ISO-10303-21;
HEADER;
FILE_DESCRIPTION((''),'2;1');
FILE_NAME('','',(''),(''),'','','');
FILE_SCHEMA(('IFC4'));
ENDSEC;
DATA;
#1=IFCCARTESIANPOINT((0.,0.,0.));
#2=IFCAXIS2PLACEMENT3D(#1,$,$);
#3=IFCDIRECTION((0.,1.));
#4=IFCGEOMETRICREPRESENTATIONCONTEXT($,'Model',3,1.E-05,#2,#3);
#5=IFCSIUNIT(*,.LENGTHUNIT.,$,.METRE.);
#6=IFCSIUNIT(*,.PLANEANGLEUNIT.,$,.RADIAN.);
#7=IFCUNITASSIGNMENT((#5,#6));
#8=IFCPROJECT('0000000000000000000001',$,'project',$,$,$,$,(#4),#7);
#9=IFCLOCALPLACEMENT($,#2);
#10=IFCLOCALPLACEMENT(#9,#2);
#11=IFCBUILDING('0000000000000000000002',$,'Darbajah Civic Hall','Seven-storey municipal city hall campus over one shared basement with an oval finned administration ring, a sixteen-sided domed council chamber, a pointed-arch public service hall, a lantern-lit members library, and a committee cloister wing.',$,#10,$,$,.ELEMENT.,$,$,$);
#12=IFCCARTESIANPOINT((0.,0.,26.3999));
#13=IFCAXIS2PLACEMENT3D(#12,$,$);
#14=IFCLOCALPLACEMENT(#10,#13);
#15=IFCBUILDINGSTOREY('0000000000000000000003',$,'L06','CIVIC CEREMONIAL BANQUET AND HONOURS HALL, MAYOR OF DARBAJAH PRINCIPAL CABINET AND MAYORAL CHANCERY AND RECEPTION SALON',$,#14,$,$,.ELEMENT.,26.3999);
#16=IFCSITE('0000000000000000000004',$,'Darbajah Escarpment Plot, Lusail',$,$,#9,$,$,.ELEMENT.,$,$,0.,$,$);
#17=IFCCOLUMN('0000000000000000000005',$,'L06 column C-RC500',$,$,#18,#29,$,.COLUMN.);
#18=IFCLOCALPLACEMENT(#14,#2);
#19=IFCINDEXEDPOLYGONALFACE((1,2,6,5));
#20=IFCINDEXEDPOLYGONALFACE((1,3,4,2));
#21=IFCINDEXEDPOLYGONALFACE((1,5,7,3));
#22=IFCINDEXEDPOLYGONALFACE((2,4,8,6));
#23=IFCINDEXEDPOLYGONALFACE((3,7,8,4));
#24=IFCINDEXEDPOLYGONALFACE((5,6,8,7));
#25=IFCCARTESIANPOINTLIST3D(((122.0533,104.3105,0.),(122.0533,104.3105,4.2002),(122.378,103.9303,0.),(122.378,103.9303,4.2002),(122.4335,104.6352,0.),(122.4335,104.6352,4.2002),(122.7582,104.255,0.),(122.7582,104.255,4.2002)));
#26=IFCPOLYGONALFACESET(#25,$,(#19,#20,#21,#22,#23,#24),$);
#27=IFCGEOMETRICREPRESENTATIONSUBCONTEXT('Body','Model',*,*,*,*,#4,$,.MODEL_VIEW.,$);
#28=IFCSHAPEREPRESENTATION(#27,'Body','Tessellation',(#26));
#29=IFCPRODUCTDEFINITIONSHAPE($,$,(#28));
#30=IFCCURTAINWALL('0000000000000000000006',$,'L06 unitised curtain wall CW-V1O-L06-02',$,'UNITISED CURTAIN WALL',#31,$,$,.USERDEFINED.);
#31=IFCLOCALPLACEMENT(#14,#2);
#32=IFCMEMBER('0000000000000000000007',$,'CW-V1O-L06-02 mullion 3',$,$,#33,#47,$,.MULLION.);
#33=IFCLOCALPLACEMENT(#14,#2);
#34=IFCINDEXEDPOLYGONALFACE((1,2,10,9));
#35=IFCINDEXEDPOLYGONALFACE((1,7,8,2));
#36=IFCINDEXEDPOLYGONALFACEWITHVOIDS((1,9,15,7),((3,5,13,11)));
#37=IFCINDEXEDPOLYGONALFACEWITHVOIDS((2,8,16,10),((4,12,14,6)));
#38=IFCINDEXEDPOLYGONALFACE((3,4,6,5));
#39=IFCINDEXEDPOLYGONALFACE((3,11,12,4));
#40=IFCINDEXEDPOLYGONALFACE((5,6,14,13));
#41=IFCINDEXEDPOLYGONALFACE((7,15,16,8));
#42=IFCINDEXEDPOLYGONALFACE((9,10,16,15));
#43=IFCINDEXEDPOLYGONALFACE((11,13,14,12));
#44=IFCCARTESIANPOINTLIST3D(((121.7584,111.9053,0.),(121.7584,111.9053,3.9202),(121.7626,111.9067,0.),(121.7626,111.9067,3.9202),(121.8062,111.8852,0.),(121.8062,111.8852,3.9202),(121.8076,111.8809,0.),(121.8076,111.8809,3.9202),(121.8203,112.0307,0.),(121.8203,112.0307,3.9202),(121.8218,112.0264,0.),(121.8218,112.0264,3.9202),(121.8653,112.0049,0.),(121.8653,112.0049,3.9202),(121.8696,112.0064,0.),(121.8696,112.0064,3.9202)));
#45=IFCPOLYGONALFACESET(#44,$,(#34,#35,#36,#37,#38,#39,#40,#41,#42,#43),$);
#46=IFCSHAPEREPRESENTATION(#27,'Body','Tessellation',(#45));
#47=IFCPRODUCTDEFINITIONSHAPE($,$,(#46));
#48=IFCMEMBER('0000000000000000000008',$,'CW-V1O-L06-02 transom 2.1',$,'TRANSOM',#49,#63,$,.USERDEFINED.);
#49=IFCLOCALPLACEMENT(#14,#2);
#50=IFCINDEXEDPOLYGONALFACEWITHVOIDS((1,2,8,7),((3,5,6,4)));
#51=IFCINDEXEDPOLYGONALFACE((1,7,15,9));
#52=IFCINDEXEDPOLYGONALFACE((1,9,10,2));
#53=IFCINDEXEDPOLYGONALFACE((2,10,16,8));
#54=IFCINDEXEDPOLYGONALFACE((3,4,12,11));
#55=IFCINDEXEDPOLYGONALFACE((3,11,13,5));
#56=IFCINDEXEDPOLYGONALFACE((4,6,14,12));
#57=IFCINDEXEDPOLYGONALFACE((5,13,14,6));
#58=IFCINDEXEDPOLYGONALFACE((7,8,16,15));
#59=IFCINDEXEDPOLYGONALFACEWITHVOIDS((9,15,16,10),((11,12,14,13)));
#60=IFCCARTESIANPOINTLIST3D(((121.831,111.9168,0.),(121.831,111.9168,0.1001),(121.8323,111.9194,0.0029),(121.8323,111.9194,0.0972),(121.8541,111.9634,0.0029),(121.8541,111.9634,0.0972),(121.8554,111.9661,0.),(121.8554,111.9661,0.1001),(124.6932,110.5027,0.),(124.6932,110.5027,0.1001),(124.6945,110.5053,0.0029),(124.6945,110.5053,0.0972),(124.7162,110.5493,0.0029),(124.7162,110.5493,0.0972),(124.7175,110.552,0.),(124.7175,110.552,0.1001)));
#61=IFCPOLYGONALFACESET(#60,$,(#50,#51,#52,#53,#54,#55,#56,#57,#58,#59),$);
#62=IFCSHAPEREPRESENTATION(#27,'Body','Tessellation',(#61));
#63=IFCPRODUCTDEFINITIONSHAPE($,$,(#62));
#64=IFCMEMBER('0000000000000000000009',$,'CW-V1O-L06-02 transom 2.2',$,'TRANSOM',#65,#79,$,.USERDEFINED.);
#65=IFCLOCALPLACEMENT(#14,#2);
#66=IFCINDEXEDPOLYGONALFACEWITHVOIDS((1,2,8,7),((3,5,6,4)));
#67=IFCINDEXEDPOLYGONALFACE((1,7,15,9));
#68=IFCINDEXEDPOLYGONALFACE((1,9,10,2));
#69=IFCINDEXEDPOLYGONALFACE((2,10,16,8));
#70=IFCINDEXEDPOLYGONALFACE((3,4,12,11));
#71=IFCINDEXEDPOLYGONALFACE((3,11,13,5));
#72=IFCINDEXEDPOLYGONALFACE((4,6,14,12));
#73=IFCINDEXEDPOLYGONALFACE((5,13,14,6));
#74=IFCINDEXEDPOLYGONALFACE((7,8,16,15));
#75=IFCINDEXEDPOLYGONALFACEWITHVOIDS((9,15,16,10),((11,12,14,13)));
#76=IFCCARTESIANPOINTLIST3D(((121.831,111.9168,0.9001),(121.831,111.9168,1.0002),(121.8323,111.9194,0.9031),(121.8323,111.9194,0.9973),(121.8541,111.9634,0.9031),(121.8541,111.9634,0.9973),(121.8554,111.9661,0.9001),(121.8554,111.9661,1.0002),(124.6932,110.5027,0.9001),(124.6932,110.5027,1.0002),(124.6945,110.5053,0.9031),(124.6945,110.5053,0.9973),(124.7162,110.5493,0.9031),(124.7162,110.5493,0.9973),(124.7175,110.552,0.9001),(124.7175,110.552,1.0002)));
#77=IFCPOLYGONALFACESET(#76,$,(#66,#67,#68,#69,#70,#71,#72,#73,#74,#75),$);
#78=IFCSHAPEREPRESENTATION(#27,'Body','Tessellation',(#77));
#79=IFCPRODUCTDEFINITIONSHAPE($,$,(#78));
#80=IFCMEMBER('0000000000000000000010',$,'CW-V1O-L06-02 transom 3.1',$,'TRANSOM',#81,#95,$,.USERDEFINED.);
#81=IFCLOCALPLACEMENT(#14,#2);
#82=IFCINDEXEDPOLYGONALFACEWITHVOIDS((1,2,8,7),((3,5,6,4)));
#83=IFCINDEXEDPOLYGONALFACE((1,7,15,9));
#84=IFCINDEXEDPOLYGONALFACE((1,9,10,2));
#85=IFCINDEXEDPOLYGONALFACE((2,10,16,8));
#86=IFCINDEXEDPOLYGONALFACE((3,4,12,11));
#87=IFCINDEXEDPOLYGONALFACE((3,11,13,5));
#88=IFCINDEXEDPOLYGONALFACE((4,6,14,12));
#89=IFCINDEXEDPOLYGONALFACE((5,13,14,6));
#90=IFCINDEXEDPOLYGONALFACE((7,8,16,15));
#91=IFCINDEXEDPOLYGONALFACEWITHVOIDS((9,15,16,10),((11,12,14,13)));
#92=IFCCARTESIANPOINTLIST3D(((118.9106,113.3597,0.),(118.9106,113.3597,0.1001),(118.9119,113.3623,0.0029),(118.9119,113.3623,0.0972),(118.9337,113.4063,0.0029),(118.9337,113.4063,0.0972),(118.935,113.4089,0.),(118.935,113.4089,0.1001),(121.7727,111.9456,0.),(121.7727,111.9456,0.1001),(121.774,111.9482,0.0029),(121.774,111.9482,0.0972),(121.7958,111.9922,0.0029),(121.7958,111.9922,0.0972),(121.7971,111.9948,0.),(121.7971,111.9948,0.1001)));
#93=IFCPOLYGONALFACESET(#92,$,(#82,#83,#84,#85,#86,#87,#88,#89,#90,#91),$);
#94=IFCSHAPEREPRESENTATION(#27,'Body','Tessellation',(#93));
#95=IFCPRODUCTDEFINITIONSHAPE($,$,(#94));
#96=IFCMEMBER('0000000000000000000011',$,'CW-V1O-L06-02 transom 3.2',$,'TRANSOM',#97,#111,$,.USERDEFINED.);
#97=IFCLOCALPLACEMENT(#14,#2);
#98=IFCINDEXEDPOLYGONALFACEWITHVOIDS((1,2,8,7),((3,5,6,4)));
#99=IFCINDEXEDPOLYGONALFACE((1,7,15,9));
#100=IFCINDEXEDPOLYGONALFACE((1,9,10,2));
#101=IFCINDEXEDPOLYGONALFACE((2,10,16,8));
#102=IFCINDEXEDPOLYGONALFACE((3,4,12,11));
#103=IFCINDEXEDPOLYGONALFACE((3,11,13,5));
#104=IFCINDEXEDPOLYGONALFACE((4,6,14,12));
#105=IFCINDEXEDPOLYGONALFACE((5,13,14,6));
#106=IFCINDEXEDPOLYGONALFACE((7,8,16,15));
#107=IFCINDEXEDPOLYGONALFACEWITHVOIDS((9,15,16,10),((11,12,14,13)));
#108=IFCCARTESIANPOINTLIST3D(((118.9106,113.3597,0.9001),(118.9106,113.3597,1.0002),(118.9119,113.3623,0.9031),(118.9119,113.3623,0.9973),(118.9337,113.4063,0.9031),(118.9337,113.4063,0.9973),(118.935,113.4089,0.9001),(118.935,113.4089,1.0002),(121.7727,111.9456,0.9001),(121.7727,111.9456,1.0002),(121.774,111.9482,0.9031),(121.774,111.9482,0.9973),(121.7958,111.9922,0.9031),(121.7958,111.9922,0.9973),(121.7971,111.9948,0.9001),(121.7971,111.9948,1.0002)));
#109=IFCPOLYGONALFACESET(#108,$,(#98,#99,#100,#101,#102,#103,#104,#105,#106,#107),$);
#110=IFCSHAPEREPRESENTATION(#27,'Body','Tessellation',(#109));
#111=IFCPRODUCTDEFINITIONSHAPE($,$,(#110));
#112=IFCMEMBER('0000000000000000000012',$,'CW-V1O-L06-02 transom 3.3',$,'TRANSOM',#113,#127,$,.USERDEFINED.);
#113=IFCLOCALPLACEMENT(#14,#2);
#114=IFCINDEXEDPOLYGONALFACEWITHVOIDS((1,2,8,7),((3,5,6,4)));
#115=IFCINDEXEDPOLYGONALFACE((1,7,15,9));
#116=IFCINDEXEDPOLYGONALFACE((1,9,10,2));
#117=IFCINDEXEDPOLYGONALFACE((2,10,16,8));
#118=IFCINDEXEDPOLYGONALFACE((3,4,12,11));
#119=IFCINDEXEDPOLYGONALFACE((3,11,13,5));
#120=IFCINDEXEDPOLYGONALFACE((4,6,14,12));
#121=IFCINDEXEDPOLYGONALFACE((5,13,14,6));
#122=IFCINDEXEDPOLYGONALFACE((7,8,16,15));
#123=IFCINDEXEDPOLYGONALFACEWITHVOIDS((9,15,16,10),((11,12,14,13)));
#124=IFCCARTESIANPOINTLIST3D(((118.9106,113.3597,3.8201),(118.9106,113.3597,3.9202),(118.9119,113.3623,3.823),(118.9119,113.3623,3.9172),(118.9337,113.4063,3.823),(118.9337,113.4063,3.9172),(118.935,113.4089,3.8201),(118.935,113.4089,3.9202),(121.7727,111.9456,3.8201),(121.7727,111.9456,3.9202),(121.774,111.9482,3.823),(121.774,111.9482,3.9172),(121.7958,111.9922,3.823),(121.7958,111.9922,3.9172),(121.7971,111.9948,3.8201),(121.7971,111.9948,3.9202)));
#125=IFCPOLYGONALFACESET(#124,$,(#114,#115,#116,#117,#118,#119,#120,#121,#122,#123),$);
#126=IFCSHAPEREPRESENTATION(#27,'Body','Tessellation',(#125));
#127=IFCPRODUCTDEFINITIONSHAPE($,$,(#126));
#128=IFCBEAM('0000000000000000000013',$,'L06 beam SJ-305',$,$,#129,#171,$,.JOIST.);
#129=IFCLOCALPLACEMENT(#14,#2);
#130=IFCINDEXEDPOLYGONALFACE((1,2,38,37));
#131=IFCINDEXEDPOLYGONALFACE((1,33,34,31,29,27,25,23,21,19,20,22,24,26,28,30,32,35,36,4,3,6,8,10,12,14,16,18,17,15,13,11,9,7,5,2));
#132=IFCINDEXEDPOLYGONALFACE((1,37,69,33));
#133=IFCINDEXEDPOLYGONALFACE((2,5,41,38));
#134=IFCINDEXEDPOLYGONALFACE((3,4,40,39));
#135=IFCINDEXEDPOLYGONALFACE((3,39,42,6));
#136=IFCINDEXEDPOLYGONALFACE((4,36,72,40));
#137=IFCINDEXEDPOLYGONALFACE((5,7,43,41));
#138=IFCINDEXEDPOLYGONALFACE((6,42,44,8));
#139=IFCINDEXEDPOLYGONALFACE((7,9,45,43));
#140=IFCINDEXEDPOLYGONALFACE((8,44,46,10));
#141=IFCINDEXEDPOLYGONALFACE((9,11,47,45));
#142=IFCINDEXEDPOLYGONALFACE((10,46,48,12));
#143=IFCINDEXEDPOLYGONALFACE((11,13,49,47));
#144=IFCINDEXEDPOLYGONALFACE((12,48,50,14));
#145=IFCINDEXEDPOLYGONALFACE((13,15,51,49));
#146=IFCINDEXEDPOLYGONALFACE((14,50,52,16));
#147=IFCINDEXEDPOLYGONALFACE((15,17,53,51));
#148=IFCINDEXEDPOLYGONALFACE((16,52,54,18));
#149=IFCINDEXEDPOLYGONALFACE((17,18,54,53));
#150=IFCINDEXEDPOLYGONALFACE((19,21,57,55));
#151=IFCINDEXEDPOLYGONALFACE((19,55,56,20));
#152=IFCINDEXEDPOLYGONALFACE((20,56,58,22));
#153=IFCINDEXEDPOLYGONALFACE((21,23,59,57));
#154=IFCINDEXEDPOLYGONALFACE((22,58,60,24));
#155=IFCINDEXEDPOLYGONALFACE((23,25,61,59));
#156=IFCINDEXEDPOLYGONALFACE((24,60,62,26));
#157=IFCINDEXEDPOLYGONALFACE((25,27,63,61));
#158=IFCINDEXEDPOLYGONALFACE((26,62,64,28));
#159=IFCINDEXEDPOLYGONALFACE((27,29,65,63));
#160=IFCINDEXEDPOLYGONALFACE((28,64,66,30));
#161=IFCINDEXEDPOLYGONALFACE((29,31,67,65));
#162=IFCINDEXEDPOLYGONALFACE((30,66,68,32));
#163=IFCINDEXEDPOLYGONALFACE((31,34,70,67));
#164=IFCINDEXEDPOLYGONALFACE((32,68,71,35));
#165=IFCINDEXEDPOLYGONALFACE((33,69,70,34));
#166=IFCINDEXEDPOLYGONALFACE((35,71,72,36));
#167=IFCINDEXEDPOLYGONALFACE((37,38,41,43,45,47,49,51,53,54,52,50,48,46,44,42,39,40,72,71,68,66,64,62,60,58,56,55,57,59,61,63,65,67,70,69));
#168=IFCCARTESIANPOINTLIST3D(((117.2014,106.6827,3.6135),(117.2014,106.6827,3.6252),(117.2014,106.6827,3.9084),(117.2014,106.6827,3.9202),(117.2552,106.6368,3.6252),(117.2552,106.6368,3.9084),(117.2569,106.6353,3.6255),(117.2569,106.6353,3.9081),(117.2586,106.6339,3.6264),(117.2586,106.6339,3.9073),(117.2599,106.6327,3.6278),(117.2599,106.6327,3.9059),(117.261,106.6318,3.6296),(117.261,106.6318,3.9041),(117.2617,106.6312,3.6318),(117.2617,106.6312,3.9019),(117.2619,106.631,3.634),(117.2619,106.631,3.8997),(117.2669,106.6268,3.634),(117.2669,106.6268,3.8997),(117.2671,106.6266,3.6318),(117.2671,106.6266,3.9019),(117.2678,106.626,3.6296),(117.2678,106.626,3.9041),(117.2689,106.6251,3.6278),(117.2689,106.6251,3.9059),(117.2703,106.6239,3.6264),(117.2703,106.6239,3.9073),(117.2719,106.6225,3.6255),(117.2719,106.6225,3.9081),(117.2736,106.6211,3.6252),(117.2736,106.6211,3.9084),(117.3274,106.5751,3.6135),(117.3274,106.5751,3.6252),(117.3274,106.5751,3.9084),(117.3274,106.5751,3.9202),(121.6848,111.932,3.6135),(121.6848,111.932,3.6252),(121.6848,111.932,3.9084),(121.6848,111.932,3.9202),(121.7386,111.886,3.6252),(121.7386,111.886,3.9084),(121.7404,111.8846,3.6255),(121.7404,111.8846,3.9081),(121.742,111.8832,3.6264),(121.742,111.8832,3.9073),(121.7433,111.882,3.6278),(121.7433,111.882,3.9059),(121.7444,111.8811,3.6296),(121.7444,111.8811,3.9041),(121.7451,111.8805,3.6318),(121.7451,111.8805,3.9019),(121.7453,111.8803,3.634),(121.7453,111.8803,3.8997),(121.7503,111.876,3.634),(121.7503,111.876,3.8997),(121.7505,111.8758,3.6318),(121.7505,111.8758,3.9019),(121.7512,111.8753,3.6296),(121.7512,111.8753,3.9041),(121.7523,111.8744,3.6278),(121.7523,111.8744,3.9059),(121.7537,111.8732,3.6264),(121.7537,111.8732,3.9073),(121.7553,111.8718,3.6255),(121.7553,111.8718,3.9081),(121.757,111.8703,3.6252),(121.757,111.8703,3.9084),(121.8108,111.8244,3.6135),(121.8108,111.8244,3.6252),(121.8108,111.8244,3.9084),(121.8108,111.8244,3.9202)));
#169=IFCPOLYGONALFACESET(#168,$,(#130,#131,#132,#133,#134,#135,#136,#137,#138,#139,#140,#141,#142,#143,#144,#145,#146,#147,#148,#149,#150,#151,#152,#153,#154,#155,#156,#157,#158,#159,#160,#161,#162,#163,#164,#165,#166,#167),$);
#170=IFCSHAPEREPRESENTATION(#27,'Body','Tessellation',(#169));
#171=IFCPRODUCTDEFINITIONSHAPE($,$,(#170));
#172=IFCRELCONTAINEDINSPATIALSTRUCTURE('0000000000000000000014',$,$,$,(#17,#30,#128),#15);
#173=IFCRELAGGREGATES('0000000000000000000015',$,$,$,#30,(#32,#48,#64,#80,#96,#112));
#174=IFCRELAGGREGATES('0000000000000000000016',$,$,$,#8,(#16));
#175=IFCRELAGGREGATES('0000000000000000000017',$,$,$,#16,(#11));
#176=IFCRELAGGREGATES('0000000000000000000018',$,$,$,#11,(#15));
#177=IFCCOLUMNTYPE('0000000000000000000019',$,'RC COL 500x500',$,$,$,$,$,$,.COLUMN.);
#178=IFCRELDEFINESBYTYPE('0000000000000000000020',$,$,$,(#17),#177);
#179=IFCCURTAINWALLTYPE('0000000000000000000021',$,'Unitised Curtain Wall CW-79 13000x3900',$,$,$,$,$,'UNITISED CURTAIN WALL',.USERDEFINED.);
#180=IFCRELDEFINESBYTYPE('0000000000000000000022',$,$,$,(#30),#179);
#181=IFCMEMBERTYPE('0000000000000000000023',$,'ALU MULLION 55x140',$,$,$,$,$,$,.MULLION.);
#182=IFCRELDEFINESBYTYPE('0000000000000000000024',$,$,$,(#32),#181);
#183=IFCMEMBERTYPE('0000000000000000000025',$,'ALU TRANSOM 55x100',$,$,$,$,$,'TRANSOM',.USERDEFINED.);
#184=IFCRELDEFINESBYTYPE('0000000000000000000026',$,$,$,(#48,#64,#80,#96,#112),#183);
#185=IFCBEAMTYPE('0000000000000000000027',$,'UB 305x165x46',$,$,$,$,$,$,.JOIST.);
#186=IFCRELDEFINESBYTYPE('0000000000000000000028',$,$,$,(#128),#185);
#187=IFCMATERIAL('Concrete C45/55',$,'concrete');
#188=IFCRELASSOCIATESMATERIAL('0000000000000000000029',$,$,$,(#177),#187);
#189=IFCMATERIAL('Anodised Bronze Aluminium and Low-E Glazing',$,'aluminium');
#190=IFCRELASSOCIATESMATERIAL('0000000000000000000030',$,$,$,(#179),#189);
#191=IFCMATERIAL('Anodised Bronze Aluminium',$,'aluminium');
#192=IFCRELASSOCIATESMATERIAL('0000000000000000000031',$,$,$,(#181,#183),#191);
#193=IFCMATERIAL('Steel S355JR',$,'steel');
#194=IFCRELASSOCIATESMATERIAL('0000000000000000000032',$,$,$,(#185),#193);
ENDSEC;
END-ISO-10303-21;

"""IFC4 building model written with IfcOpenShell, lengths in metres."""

from ifc_helpers import new_model, si_unit, direction, frame, origin, origin_2d, place, context, subcontext, project, spatial, rectangle, hollow_rectangle, i_section, extrude, material, material_profile, profile_set, type_object, element, aggregate, save


model = new_model("IFC4")

# Units and contexts
model_context = context("Model", 3, precision=1e-05, world=origin(), true_north=direction((0.0, 1.0)))
body_context = subcontext(model_context, "Body", "Model", "MODEL_VIEW")
ifc_project = project(units=[si_unit("LENGTHUNIT", "METRE"), si_unit("PLANEANGLEUNIT", "RADIAN")], contexts=[model_context])

# Site, building, storey
site_placement = place(None, origin())
site = spatial("IfcSite", under=ifc_project, at=site_placement, Name="Darbajah Escarpment Plot, Lusail", CompositionType="ELEMENT", RefElevation=0.0)
building_placement = place(site_placement, origin())
building = spatial("IfcBuilding", under=site, at=building_placement, Name="Darbajah Civic Hall", Description="Seven-storey municipal city hall campus over one shared basement with an oval finned administration ring, a sixteen-sided domed council chamber, a pointed-arch public service hall, a lantern-lit members library, and a committee cloister wing.", CompositionType="ELEMENT")
storey_placement = place(building_placement, frame((0.0, 0.0, 26.3999)))
storey = spatial("IfcBuildingStorey", under=building, at=storey_placement, Name="L06", Description="CIVIC CEREMONIAL BANQUET AND HONOURS HALL, MAYOR OF DARBAJAH PRINCIPAL CABINET AND MAYORAL CHANCERY AND RECEPTION SALON", CompositionType="ELEMENT", Elevation=26.3999)

# Column
ifc_material_1 = material(Name="Concrete C45/55", Category="concrete")
ifc_material_profile_1 = material_profile(ifc_material_1, rectangle(XDim=0.5, YDim=0.5, at=origin_2d()), Name="RC COL 500x500")
ifc_profile_set_1 = profile_set([ifc_material_profile_1], Name="Concrete C45/55")
column_type = type_object("IfcColumnType", Name="RC COL 500x500", PredefinedType="COLUMN", material=ifc_profile_set_1)
column_placement = place(storey_placement, frame((122.4058, 104.2827, 0.0), z_axis=(0.0, 0.0, 1.0), x_axis=(0.760406, 0.649448, 0.0)))
element("IfcColumn", 1, at=column_placement, inside=storey, type_object=column_type, Name="L06 column C-RC500", PredefinedType="COLUMN", context=body_context, shape_type="SweptSolid", body=[
    extrude(rectangle(XDim=0.5, YDim=0.5, at=origin_2d()), origin(), (0.0, 0.0, 1.0), 4.2002),
])

# Curtain wall, members
ifc_material_2 = material(Name="Anodised Bronze Aluminium and Low-E Glazing", Category="aluminium")
curtain_wall_type = type_object("IfcCurtainWallType", Name="Unitised Curtain Wall CW-79 13000x3900", ElementType="UNITISED CURTAIN WALL", PredefinedType="USERDEFINED", material=ifc_material_2)
curtain_wall_placement = place(storey_placement, origin())
curtain_wall = element("IfcCurtainWall", 2, at=curtain_wall_placement, inside=storey, type_object=curtain_wall_type, Name="L06 unitised curtain wall CW-V1O-L06-02", ObjectType="UNITISED CURTAIN WALL", PredefinedType="USERDEFINED")
ifc_material_3 = material(Name="Anodised Bronze Aluminium", Category="aluminium")
ifc_material_profile_2 = material_profile(ifc_material_3, hollow_rectangle(XDim=0.0549, YDim=0.1399, WallThickness=0.0032, at=origin_2d()), Name="ALU MULLION 55x140")
ifc_profile_set_2 = profile_set([ifc_material_profile_2], Name="Anodised Bronze Aluminium")
member_type_1 = type_object("IfcMemberType", Name="ALU MULLION 55x140", PredefinedType="MULLION", material=ifc_profile_set_2)
member_1_placement = place(storey_placement, frame((121.814, 111.9558, 0.0), z_axis=(0.0, 0.0, 1.0), x_axis=(-0.896564, 0.442915, 0.0)))
member_1 = element("IfcMember", 3, at=member_1_placement, type_object=member_type_1, Name="CW-V1O-L06-02 mullion 3", PredefinedType="MULLION", context=body_context, shape_type="SweptSolid", body=[
    extrude(hollow_rectangle(XDim=0.0549, YDim=0.1399, WallThickness=0.0032, at=origin_2d()), origin(), (0.0, 0.0, 1.0), 3.9202),
])
ifc_material_profile_3 = material_profile(ifc_material_3, hollow_rectangle(XDim=0.0549, YDim=0.1001, WallThickness=0.0029, at=origin_2d()), Name="ALU TRANSOM 55x100")
ifc_profile_set_3 = profile_set([ifc_material_profile_3], Name="Anodised Bronze Aluminium")
member_type_2 = type_object("IfcMemberType", Name="ALU TRANSOM 55x100", ElementType="TRANSOM", PredefinedType="USERDEFINED", material=ifc_profile_set_3)
member_2_placement = place(storey_placement, frame((124.7053, 110.5273, 0.05), z_axis=(-0.896543, 0.442956, 0.0), x_axis=(-0.442956, -0.896543, 0.0)))
member_2 = element("IfcMember", 4, at=member_2_placement, type_object=member_type_2, Name="CW-V1O-L06-02 transom 2.1", ObjectType="TRANSOM", PredefinedType="USERDEFINED", context=body_context, shape_type="SweptSolid", body=[
    extrude(hollow_rectangle(XDim=0.0549, YDim=0.1001, WallThickness=0.0029, at=origin_2d()), origin(), (0.0, 0.0, 1.0), 3.1924),
])
member_3_placement = place(storey_placement, frame((124.7053, 110.5273, 0.9502), z_axis=(-0.896543, 0.442956, 0.0), x_axis=(-0.442956, -0.896543, 0.0)))
member_3 = element("IfcMember", 5, at=member_3_placement, type_object=member_type_2, Name="CW-V1O-L06-02 transom 2.2", ObjectType="TRANSOM", PredefinedType="USERDEFINED", context=body_context, shape_type="SweptSolid", body=[
    extrude(hollow_rectangle(XDim=0.0549, YDim=0.1001, WallThickness=0.0029, at=origin_2d()), origin(), (0.0, 0.0, 1.0), 3.1924),
])
member_4_placement = place(storey_placement, frame((121.7849, 111.9702, 0.05), z_axis=(-0.896543, 0.442956, 0.0), x_axis=(-0.442956, -0.896543, 0.0)))
member_4 = element("IfcMember", 6, at=member_4_placement, type_object=member_type_2, Name="CW-V1O-L06-02 transom 3.1", ObjectType="TRANSOM", PredefinedType="USERDEFINED", context=body_context, shape_type="SweptSolid", body=[
    extrude(hollow_rectangle(XDim=0.0549, YDim=0.1001, WallThickness=0.0029, at=origin_2d()), origin(), (0.0, 0.0, 1.0), 3.1924),
])
member_5_placement = place(storey_placement, frame((121.7849, 111.9702, 0.9502), z_axis=(-0.896543, 0.442956, 0.0), x_axis=(-0.442956, -0.896543, 0.0)))
member_5 = element("IfcMember", 7, at=member_5_placement, type_object=member_type_2, Name="CW-V1O-L06-02 transom 3.2", ObjectType="TRANSOM", PredefinedType="USERDEFINED", context=body_context, shape_type="SweptSolid", body=[
    extrude(hollow_rectangle(XDim=0.0549, YDim=0.1001, WallThickness=0.0029, at=origin_2d()), origin(), (0.0, 0.0, 1.0), 3.1924),
])
member_6_placement = place(storey_placement, frame((121.7849, 111.9702, 3.8701), z_axis=(-0.896543, 0.442956, 0.0), x_axis=(-0.442956, -0.896543, 0.0)))
member_6 = element("IfcMember", 8, at=member_6_placement, type_object=member_type_2, Name="CW-V1O-L06-02 transom 3.3", ObjectType="TRANSOM", PredefinedType="USERDEFINED", context=body_context, shape_type="SweptSolid", body=[
    extrude(hollow_rectangle(XDim=0.0549, YDim=0.1001, WallThickness=0.0029, at=origin_2d()), origin(), (0.0, 0.0, 1.0), 3.1924),
])

# Beam
ifc_material_4 = material(Name="Steel S355JR", Category="steel")
ifc_material_profile_4 = material_profile(ifc_material_4, i_section(OverallWidth=0.1658, OverallDepth=0.3066, WebThickness=0.0066, FlangeThickness=0.0117, FilletRadius=0.0088, at=origin_2d()), Name="UB 305x165x46")
ifc_profile_set_4 = profile_set([ifc_material_profile_4], Name="Steel S355JR")
beam_type_1 = type_object("IfcBeamType", Name="UB 305x165x46", PredefinedType="JOIST", material=ifc_profile_set_4)
beam_1_placement = place(storey_placement, frame((117.2644, 106.6289, 3.7668), z_axis=(0.649456, 0.760399, 0.0), x_axis=(-0.760399, 0.649456, 0.0)))
element("IfcBeam", 9, at=beam_1_placement, inside=storey, type_object=beam_type_1, Name="L06 beam SJ-305", PredefinedType="JOIST", context=body_context, shape_type="SweptSolid", body=[
    extrude(i_section(OverallWidth=0.1658, OverallDepth=0.3066, WebThickness=0.0066, FlangeThickness=0.0117, FilletRadius=0.0088, at=origin_2d()), origin(), (0.0, 0.0, 1.0), 6.9033),
])

aggregate(curtain_wall, [member_1, member_2, member_3, member_4, member_5, member_6])

save(model, "model.ifc")
